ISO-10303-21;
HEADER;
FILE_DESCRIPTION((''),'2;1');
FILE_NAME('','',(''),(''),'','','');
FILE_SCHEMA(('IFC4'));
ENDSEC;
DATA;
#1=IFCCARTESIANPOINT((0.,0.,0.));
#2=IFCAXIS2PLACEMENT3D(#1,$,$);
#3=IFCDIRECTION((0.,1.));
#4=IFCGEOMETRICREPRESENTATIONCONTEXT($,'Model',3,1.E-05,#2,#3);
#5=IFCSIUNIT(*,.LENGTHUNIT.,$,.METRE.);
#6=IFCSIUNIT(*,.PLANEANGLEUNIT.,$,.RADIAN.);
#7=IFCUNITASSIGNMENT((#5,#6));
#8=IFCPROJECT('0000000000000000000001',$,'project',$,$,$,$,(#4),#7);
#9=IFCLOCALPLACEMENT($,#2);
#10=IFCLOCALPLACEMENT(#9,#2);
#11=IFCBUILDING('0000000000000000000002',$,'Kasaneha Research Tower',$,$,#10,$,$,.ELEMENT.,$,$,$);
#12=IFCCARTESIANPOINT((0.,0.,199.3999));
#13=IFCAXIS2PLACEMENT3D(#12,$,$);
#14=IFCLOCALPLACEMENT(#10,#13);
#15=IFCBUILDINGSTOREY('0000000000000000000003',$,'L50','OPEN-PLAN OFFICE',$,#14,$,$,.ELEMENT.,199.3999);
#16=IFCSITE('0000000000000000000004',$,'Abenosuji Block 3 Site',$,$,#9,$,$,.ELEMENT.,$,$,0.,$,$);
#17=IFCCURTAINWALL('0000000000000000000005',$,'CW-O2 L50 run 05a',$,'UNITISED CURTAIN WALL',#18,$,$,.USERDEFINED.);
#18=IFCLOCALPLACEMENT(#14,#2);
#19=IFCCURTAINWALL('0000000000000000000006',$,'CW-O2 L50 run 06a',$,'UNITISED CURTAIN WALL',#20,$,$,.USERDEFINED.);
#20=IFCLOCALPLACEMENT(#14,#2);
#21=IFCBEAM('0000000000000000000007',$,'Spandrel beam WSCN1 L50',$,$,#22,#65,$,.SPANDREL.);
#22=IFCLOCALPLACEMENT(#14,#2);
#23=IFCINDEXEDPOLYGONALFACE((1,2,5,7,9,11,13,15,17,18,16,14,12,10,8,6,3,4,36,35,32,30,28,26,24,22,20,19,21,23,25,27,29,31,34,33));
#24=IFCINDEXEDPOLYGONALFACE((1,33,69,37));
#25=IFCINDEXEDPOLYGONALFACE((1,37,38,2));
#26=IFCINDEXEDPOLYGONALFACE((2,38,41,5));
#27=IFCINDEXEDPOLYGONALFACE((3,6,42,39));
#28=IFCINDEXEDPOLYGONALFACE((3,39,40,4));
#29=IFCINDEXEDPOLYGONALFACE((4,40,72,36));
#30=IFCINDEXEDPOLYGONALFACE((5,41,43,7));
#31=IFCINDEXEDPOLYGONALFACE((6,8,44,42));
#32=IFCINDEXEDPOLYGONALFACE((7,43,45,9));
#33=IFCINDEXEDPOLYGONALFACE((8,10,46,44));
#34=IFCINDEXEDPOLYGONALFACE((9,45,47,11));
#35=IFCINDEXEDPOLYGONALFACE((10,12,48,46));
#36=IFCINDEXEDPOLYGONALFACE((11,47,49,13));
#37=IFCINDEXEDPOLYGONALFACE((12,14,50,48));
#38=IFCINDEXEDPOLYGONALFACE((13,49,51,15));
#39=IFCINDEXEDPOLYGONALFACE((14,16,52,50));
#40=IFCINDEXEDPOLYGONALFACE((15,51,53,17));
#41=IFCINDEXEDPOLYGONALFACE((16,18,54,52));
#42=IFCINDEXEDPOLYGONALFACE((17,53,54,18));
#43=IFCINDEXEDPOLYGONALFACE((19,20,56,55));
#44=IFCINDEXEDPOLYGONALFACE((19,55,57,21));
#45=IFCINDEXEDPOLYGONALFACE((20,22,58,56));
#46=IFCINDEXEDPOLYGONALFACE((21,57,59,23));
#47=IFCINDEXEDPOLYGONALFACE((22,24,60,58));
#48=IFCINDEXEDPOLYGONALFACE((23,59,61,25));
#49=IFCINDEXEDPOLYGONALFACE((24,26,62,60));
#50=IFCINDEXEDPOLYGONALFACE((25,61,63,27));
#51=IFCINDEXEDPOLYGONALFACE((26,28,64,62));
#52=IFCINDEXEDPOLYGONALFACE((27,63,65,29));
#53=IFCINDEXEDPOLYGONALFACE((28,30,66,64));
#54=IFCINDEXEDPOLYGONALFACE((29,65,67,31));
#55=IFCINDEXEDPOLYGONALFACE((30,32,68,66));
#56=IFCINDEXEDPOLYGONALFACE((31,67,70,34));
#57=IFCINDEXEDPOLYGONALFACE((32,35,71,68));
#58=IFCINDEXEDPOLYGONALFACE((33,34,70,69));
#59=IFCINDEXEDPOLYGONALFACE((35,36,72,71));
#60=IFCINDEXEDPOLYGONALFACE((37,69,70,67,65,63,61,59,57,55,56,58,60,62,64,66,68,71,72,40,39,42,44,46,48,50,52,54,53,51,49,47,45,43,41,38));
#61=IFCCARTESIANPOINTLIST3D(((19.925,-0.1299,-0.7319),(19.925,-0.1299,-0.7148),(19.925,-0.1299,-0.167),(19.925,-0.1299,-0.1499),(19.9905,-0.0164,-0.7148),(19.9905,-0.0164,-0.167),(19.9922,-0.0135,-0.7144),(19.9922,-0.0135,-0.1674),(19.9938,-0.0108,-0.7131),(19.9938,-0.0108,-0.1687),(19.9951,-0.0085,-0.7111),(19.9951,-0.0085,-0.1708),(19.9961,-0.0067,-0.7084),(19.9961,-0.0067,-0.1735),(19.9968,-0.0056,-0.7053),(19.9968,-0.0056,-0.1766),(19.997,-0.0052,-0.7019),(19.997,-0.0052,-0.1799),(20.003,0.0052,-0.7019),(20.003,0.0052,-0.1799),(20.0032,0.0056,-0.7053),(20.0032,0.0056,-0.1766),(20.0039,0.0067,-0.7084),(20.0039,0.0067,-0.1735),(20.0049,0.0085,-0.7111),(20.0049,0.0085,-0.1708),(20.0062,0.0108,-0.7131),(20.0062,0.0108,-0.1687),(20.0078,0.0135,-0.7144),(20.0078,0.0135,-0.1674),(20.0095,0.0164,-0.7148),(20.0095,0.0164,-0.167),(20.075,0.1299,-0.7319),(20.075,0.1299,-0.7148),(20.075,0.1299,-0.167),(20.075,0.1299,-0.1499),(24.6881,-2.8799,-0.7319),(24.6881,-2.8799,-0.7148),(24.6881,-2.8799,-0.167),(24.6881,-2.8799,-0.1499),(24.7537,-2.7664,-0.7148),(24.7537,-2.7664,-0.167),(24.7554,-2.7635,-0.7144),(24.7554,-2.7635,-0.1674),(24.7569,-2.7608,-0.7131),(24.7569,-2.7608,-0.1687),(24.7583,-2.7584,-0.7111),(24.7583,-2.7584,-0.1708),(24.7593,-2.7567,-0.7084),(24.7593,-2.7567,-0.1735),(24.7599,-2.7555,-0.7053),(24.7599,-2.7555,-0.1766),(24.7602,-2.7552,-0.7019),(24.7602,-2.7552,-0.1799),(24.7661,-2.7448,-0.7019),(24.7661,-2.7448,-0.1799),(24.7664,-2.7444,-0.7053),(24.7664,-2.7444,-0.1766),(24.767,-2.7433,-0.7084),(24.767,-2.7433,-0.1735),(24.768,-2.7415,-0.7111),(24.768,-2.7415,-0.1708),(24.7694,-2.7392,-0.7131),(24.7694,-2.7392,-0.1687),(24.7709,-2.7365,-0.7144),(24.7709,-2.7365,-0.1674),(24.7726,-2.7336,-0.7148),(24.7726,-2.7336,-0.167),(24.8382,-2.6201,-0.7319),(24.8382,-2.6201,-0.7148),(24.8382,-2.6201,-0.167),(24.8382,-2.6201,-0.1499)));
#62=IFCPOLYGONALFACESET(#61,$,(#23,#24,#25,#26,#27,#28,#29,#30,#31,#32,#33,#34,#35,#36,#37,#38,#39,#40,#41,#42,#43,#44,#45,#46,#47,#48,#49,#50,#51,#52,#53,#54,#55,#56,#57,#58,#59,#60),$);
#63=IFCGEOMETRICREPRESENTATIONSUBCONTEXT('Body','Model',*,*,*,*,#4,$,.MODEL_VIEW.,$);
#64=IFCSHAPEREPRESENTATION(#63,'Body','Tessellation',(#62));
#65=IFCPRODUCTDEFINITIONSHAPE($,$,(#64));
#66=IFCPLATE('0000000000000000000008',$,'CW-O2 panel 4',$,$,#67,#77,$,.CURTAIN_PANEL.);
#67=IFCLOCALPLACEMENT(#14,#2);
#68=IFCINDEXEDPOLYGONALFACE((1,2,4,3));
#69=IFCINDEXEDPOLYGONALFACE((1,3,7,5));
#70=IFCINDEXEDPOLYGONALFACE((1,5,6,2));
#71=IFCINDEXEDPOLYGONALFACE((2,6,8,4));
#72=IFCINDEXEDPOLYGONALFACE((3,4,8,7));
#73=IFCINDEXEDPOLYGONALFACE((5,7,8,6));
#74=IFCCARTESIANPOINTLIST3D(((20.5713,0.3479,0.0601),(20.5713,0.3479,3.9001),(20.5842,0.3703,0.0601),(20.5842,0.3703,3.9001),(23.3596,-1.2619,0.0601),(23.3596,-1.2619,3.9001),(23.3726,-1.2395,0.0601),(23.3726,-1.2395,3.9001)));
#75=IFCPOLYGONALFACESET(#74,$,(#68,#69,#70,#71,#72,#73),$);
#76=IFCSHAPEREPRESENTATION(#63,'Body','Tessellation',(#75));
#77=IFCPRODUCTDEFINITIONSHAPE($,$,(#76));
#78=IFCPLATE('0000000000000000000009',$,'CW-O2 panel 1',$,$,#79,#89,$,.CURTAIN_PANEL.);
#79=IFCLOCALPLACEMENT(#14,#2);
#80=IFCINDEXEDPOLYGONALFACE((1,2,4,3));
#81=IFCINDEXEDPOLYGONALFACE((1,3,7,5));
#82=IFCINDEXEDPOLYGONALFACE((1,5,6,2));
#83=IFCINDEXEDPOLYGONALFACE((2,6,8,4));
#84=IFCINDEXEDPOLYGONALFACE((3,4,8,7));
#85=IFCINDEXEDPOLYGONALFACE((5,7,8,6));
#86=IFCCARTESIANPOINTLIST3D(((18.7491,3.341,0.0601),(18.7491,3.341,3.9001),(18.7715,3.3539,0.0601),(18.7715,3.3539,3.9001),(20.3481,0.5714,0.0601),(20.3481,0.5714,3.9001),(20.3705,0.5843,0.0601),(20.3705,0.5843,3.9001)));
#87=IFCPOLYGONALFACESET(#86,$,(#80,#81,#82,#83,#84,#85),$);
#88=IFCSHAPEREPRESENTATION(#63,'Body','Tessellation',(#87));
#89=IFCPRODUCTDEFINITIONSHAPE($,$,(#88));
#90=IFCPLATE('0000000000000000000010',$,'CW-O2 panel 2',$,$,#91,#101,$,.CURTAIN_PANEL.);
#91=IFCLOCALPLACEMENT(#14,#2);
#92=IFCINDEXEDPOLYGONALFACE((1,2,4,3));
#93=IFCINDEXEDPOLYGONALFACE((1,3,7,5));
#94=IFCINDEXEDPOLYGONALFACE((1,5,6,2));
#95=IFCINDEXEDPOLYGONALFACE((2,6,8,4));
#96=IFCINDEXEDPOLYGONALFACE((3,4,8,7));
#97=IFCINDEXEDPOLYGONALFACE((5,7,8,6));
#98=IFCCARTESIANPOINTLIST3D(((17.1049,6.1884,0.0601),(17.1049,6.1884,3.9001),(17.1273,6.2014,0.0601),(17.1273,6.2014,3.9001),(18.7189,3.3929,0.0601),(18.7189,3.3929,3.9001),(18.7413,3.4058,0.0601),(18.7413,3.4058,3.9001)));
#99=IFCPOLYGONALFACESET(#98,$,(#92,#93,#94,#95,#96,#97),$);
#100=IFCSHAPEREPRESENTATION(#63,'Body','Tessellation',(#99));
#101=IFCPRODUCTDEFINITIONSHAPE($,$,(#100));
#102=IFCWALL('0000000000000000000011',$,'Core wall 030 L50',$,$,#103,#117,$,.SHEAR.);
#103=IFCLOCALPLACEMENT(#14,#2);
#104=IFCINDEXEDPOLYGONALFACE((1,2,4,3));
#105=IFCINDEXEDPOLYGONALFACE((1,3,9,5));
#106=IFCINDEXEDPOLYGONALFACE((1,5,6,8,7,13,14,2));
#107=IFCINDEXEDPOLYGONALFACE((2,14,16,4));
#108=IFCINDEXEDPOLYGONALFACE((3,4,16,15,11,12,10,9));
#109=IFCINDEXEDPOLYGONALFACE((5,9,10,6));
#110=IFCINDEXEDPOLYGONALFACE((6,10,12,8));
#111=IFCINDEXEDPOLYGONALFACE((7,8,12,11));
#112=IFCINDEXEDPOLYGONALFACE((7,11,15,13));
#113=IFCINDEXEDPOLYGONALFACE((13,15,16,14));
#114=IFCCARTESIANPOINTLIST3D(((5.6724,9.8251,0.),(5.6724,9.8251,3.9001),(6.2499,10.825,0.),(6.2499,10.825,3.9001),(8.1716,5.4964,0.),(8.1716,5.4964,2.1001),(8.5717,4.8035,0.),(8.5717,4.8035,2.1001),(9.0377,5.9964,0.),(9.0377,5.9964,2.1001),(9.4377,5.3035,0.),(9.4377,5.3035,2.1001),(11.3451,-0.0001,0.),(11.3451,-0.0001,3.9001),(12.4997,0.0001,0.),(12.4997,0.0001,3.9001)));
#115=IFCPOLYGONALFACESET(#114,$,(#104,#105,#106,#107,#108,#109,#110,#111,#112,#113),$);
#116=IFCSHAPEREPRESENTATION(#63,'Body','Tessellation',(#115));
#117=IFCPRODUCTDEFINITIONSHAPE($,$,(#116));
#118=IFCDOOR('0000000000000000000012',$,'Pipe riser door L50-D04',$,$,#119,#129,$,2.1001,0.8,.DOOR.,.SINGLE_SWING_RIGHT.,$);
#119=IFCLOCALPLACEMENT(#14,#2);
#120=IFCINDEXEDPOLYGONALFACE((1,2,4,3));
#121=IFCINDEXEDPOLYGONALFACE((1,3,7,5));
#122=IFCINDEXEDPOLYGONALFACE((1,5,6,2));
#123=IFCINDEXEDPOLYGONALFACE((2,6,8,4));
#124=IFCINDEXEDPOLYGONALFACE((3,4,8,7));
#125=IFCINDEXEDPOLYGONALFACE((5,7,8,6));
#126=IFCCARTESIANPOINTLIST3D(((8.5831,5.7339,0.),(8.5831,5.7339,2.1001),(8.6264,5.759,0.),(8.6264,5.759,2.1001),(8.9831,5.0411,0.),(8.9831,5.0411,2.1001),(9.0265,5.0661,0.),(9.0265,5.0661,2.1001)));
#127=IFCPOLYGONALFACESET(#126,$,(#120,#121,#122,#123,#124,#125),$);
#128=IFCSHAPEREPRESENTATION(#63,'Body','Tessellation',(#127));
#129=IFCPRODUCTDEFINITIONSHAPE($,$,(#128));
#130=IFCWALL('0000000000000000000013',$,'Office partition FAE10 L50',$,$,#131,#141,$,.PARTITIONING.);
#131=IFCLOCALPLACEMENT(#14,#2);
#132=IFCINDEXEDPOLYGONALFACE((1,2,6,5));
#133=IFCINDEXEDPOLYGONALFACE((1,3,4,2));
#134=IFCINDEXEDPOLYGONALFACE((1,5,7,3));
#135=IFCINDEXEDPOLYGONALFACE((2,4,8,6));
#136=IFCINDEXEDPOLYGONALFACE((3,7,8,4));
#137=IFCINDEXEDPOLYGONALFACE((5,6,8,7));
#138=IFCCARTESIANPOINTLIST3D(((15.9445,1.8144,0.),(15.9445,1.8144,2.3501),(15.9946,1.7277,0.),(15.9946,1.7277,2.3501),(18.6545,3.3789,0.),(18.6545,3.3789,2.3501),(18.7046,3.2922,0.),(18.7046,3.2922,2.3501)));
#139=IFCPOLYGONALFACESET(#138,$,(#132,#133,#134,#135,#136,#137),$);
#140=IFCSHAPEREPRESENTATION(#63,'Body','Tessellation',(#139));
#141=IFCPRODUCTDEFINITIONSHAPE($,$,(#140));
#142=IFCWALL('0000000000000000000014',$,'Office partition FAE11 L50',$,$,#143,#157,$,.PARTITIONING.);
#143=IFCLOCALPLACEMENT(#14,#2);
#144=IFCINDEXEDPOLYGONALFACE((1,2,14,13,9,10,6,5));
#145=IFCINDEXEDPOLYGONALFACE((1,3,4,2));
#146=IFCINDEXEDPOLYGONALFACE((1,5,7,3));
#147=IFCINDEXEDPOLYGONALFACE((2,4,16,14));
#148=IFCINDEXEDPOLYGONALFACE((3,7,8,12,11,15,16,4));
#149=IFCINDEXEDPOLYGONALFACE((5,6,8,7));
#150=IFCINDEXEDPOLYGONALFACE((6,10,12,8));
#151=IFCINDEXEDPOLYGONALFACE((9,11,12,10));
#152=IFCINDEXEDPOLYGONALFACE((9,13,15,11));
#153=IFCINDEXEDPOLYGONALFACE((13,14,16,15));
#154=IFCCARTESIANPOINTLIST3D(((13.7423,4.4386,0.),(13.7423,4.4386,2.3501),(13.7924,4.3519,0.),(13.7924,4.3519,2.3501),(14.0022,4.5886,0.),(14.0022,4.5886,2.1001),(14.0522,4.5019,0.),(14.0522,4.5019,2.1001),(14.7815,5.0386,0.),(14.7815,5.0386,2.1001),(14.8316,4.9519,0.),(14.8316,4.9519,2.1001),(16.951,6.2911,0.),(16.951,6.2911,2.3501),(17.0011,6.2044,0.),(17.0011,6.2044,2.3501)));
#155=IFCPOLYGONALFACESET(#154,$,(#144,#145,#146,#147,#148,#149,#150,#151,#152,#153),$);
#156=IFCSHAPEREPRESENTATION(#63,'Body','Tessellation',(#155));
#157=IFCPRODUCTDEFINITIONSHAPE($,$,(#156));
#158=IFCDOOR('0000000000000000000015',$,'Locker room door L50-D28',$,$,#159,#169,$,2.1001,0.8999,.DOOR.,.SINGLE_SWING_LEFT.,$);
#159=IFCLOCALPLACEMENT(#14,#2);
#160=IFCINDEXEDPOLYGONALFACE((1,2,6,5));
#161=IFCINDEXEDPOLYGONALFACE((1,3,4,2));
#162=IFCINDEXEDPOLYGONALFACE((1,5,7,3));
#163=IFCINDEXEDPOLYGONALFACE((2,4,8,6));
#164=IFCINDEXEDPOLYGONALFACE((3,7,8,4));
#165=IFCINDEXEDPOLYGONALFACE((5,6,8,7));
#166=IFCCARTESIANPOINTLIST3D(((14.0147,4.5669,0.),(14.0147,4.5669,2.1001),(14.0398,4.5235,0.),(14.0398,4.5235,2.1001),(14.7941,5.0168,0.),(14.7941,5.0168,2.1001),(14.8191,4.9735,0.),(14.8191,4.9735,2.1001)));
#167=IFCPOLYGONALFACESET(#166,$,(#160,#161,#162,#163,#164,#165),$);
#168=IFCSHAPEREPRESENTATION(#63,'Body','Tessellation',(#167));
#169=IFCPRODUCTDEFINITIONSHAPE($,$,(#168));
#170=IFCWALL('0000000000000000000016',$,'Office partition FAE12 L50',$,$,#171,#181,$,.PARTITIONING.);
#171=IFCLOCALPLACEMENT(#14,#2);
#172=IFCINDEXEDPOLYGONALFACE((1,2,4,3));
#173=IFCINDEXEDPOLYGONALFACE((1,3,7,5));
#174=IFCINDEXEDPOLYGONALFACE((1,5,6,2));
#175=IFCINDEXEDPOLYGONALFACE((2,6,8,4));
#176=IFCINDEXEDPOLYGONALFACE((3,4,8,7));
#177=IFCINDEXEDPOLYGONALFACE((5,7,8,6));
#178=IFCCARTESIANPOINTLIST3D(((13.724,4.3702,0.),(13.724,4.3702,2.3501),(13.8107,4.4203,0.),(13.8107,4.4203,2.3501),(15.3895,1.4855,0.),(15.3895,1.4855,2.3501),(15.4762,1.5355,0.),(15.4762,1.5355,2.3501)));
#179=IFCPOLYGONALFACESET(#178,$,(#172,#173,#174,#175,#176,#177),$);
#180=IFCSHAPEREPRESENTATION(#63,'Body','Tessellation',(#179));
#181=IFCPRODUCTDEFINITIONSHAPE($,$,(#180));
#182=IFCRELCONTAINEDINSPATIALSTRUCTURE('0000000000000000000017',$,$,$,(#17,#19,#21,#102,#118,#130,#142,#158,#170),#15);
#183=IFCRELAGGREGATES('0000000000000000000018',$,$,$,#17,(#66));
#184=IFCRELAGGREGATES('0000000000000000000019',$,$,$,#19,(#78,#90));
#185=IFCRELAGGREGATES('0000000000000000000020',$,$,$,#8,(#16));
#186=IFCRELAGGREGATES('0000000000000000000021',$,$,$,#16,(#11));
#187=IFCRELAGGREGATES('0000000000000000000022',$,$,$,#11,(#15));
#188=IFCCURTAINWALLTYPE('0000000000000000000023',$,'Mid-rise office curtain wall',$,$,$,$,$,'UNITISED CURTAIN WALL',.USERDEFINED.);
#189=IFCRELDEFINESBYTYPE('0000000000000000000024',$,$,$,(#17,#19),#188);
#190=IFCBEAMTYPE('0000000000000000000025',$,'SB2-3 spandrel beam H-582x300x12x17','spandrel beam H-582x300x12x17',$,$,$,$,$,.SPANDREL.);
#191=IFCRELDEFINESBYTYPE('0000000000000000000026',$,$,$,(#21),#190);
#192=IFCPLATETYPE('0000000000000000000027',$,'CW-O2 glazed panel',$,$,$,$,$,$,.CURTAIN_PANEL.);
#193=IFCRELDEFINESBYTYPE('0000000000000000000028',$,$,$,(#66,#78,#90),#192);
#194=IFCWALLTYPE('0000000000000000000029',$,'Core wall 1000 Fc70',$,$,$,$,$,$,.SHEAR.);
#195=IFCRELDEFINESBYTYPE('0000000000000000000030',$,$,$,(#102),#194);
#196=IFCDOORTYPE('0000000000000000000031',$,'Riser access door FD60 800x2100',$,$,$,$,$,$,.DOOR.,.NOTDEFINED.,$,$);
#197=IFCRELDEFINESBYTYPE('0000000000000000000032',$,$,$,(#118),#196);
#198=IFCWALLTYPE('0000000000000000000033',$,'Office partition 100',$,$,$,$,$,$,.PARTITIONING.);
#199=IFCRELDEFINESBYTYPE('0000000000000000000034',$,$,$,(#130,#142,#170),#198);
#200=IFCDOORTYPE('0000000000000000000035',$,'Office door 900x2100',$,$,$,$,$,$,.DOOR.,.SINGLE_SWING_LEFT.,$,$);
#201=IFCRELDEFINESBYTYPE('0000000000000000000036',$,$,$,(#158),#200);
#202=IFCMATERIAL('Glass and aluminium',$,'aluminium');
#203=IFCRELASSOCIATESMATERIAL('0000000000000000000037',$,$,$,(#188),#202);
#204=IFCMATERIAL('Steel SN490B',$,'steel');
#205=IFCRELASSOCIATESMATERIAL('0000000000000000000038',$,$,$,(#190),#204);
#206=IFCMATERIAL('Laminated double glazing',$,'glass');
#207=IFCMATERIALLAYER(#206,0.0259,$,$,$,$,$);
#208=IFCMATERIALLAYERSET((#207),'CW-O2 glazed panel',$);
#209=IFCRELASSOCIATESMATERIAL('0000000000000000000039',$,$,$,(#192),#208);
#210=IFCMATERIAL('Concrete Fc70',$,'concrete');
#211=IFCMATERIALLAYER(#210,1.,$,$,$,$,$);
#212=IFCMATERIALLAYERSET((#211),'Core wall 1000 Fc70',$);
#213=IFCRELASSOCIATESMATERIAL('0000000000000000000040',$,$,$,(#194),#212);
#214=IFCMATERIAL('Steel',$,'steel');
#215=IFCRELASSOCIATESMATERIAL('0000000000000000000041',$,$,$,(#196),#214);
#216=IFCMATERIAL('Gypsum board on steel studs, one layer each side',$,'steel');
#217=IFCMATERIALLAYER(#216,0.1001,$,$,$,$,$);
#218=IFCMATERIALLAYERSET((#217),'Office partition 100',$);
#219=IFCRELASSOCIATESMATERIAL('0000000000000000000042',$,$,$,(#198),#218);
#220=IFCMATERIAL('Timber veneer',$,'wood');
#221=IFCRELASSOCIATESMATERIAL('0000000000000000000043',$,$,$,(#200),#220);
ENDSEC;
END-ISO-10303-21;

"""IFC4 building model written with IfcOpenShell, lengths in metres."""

from ifc_helpers import new_model, si_unit, direction, frame, frame_2d, origin, origin_2d, place, context, subcontext, project, spatial, polyline, rectangle, i_section, outline, extrude, material, layer, layer_set, material_profile, profile_set, type_object, element, fill, aggregate, save


model = new_model("IFC4")

# Units and contexts
model_context = context("Model", 3, precision=1e-05, world=origin(), true_north=direction((0.0, 1.0)))
body_context = subcontext(model_context, "Body", "Model", "MODEL_VIEW")
ifc_project = project(units=[si_unit("LENGTHUNIT", "METRE"), si_unit("PLANEANGLEUNIT", "RADIAN")], contexts=[model_context])

# Site, building, storey
site_placement = place(None, origin())
site = spatial("IfcSite", under=ifc_project, at=site_placement, Name="Abenosuji Block 3 Site", CompositionType="ELEMENT", RefElevation=0.0)
building_placement = place(site_placement, origin())
building = spatial("IfcBuilding", under=site, at=building_placement, Name="Kasaneha Research Tower", CompositionType="ELEMENT")
storey_placement = place(building_placement, frame((0.0, 0.0, 199.3999)))
storey = spatial("IfcBuildingStorey", under=building, at=storey_placement, Name="L50", Description="OPEN-PLAN OFFICE", CompositionType="ELEMENT", Elevation=199.3999)

# Curtain walls
ifc_material_1 = material(Name="Glass and aluminium", Category="aluminium")
curtain_wall_type = type_object("IfcCurtainWallType", Name="Mid-rise office curtain wall", ElementType="UNITISED CURTAIN WALL", PredefinedType="USERDEFINED", material=ifc_material_1)
curtain_wall_1_placement = place(storey_placement, origin())
curtain_wall_1 = element("IfcCurtainWall", 1, at=curtain_wall_1_placement, inside=storey, type_object=curtain_wall_type, Name="CW-O2 L50 run 05a", ObjectType="UNITISED CURTAIN WALL", PredefinedType="USERDEFINED")
curtain_wall_2_placement = place(storey_placement, origin())
curtain_wall_2 = element("IfcCurtainWall", 2, at=curtain_wall_2_placement, inside=storey, type_object=curtain_wall_type, Name="CW-O2 L50 run 06a", ObjectType="UNITISED CURTAIN WALL", PredefinedType="USERDEFINED")

# Beam
ifc_material_2 = material(Name="Steel SN490B", Category="steel")
ifc_material_profile_1 = material_profile(ifc_material_2, i_section(OverallWidth=0.3, OverallDepth=0.582, WebThickness=0.012, FlangeThickness=0.0171, FilletRadius=0.0129, at=origin_2d()), Name="H-582x300x12x17")
ifc_profile_set_1 = profile_set([ifc_material_profile_1], Name="Steel SN490B")
beam_type_1 = type_object("IfcBeamType", Name="SB2-3 spandrel beam H-582x300x12x17", Description="spandrel beam H-582x300x12x17", PredefinedType="SPANDREL", material=ifc_profile_set_1)
beam_1_placement = place(storey_placement, frame((20.0, 0.0, -0.4409), z_axis=(0.866027, -0.499997, 0.0), x_axis=(0.499997, 0.866027, 0.0)))
element("IfcBeam", 3, at=beam_1_placement, inside=storey, type_object=beam_type_1, Name="Spandrel beam WSCN1 L50", PredefinedType="SPANDREL", context=body_context, shape_type="SweptSolid", body=[
    extrude(i_section(OverallWidth=0.3, OverallDepth=0.582, WebThickness=0.012, FlangeThickness=0.0171, FilletRadius=0.0129, at=origin_2d()), origin(), (0.0, 0.0, 1.0), 5.5),
])

# Plates
ifc_material_3 = material(Name="Laminated double glazing", Category="glass")
ifc_layer_1 = layer(ifc_material_3, 0.0259)
ifc_layer_set_1 = layer_set([ifc_layer_1], Name="CW-O2 glazed panel")
plate_type = type_object("IfcPlateType", Name="CW-O2 glazed panel", PredefinedType="CURTAIN_PANEL", material=ifc_layer_set_1)
plate_1_placement = place(storey_placement, frame((21.9719, -0.4458, 0.0601), z_axis=(0.0, 0.0, 1.0), x_axis=(-0.866025, 0.5, 0.0)))
plate_1 = element("IfcPlate", 4, at=plate_1_placement, type_object=plate_type, Name="CW-O2 panel 4", PredefinedType="CURTAIN_PANEL", context=body_context, shape_type="SweptSolid", body=[
    extrude(rectangle(XDim=3.2197, YDim=0.0259, at=origin_2d()), origin(), (0.0, 0.0, 1.0), 3.8401),
])
aggregate(curtain_wall_1, [plate_1])
plate_2_placement = place(storey_placement, frame((19.5598, 1.9626, 0.0601), z_axis=(0.0, 0.0, 1.0), x_axis=(-0.5, 0.866025, 0.0)))
plate_2 = element("IfcPlate", 5, at=plate_2_placement, type_object=plate_type, Name="CW-O2 panel 1", PredefinedType="CURTAIN_PANEL", context=body_context, shape_type="SweptSolid", body=[
    extrude(rectangle(XDim=3.198, YDim=0.0259, at=origin_2d()), origin(), (0.0, 0.0, 1.0), 3.8401),
])
plate_3_placement = place(storey_placement, frame((17.9231, 4.7971, 0.0601), z_axis=(0.0, 0.0, 1.0), x_axis=(-0.5, 0.866025, 0.0)))
plate_3 = element("IfcPlate", 6, at=plate_3_placement, type_object=plate_type, Name="CW-O2 panel 2", PredefinedType="CURTAIN_PANEL", context=body_context, shape_type="SweptSolid", body=[
    extrude(rectangle(XDim=3.228, YDim=0.0259, at=origin_2d()), origin(), (0.0, 0.0, 1.0), 3.8401),
])
aggregate(curtain_wall_2, [plate_2, plate_3])

# Wall, opening, door
ifc_material_4 = material(Name="Concrete Fc70", Category="concrete")
ifc_layer_2 = layer(ifc_material_4, 1.0)
ifc_layer_set_2 = layer_set([ifc_layer_2], Name="Core wall 1000 Fc70")
wall_type_1 = type_object("IfcWallType", Name="Core wall 1000 Fc70", PredefinedType="SHEAR", material=ifc_layer_set_2)
wall_1_placement = place(storey_placement, frame((11.9224, 0.0, 0.0), z_axis=(0.0, 0.0, 1.0), x_axis=(-0.500004, 0.866023, 0.0)))
wall_1 = element("IfcWall", 7, at=wall_1_placement, inside=storey, type_object=wall_type_1, Name="Core wall 030 L50", PredefinedType="SHEAR", context=body_context, shape_type="SweptSolid", body=[
    extrude(outline(polyline([(-0.2886, -0.5), (5.8354, -0.5), (6.6355, -0.5), (12.2109, -0.5), (11.6338, 0.5), (6.6355, 0.5), (5.8354, 0.5), (0.2886, 0.5), (-0.2886, -0.5)])), origin(), (0.0, 0.0, 1.0), 3.9001),
])
opening_1_placement = place(wall_1_placement, frame((5.8354, 0.0, 0.0)))
opening_1 = element("IfcOpeningElement", 8, at=opening_1_placement, cuts=wall_1, PredefinedType="OPENING", context=body_context, shape_type="SweptSolid", body=[
    extrude(rectangle(XDim=0.8, YDim=2.1001, at=frame_2d((0.3999, 1.05))), frame((0.0, 0.51, 0.0), z_axis=(0.0, -1.0, 0.0), x_axis=(1.0, 0.0, 0.0)), (0.0, 0.0, 1.0), 1.02),
])
ifc_material_5 = material(Name="Steel", Category="steel")
door_type_1 = type_object("IfcDoorType", Name="Riser access door FD60 800x2100", OperationType="NOTDEFINED", PredefinedType="DOOR", material=ifc_material_5)
door_1_placement = place(opening_1_placement, origin())
door_1 = element("IfcDoor", 9, at=door_1_placement, inside=storey, type_object=door_type_1, Name="Pipe riser door L50-D04", OperationType="SINGLE_SWING_RIGHT", OverallHeight=2.1001, OverallWidth=0.8, PredefinedType="DOOR", context=body_context, shape_type="SweptSolid", body=[
    extrude(rectangle(XDim=0.8, YDim=2.1001, at=frame_2d((0.3999, 1.05))), frame((0.0, 0.0249, 0.0), z_axis=(0.0, -1.0, 0.0), x_axis=(1.0, 0.0, 0.0)), (0.0, 0.0, 1.0), 0.05),
])
fill(opening_1, door_1)

# Wall
ifc_material_6 = material(Name="Gypsum board on steel studs, one layer each side", Category="steel")
ifc_layer_3 = layer(ifc_material_6, 0.1001)
ifc_layer_set_3 = layer_set([ifc_layer_3], Name="Office partition 100")
wall_type_2 = type_object("IfcWallType", Name="Office partition 100", PredefinedType="PARTITIONING", material=ifc_layer_set_3)
wall_2_placement = place(storey_placement, frame((18.6794, 3.3354, 0.0), z_axis=(0.0, 0.0, 1.0), x_axis=(-0.866045, -0.499966, 0.0)))
element("IfcWall", 10, at=wall_2_placement, inside=storey, type_object=wall_type_2, Name="Office partition FAE10 L50", PredefinedType="PARTITIONING", context=body_context, shape_type="SweptSolid", body=[
    extrude(rectangle(XDim=3.1292, YDim=0.1001, at=frame_2d((1.5645, 0.0))), origin(), (0.0, 0.0, 1.0), 2.3501),
])

# Wall, opening, door
wall_3_placement = place(storey_placement, frame((13.7673, 4.3953, 0.0), z_axis=(0.0, 0.0, 1.0), x_axis=(0.866029, 0.499994, 0.0)))
wall_3 = element("IfcWall", 11, at=wall_3_placement, inside=storey, type_object=wall_type_2, Name="Office partition FAE11 L50", PredefinedType="PARTITIONING", context=body_context, shape_type="SweptSolid", body=[
    extrude(rectangle(XDim=3.7051, YDim=0.1001, at=frame_2d((1.8525, 0.0))), origin(), (0.0, 0.0, 1.0), 2.3501),
])
opening_2_placement = place(wall_3_placement, frame((0.3, 0.0, 0.0)))
opening_2 = element("IfcOpeningElement", 12, at=opening_2_placement, cuts=wall_3, PredefinedType="OPENING", context=body_context, shape_type="SweptSolid", body=[
    extrude(rectangle(XDim=0.8999, YDim=2.1001, at=frame_2d((0.45, 1.05))), frame((0.0, 0.0601, 0.0), z_axis=(0.0, -1.0, 0.0), x_axis=(1.0, 0.0, 0.0)), (0.0, 0.0, 1.0), 0.1201),
])
ifc_material_7 = material(Name="Timber veneer", Category="wood")
door_type_2 = type_object("IfcDoorType", Name="Office door 900x2100", OperationType="SINGLE_SWING_LEFT", PredefinedType="DOOR", material=ifc_material_7)
door_2_placement = place(opening_2_placement, origin())
door_2 = element("IfcDoor", 13, at=door_2_placement, inside=storey, type_object=door_type_2, Name="Locker room door L50-D28", OperationType="SINGLE_SWING_LEFT", OverallHeight=2.1001, OverallWidth=0.8999, PredefinedType="DOOR", context=body_context, shape_type="SweptSolid", body=[
    extrude(rectangle(XDim=0.8999, YDim=2.1001, at=frame_2d((0.45, 1.05))), frame((0.0, 0.0249, 0.0), z_axis=(0.0, -1.0, 0.0), x_axis=(1.0, 0.0, 0.0)), (0.0, 0.0, 1.0), 0.05),
])
fill(opening_2, door_2)

# Wall
wall_4_placement = place(storey_placement, frame((15.4329, 1.5105, 0.0), z_axis=(0.0, 0.0, 1.0), x_axis=(-0.500002, 0.866024, 0.0)))
element("IfcWall", 14, at=wall_4_placement, inside=storey, type_object=wall_type_2, Name="Office partition FAE12 L50", PredefinedType="PARTITIONING", context=body_context, shape_type="SweptSolid", body=[
    extrude(rectangle(XDim=3.3311, YDim=0.1001, at=frame_2d((1.6655, 0.0))), origin(), (0.0, 0.0, 1.0), 2.3501),
])

save(model, "model.ifc")
